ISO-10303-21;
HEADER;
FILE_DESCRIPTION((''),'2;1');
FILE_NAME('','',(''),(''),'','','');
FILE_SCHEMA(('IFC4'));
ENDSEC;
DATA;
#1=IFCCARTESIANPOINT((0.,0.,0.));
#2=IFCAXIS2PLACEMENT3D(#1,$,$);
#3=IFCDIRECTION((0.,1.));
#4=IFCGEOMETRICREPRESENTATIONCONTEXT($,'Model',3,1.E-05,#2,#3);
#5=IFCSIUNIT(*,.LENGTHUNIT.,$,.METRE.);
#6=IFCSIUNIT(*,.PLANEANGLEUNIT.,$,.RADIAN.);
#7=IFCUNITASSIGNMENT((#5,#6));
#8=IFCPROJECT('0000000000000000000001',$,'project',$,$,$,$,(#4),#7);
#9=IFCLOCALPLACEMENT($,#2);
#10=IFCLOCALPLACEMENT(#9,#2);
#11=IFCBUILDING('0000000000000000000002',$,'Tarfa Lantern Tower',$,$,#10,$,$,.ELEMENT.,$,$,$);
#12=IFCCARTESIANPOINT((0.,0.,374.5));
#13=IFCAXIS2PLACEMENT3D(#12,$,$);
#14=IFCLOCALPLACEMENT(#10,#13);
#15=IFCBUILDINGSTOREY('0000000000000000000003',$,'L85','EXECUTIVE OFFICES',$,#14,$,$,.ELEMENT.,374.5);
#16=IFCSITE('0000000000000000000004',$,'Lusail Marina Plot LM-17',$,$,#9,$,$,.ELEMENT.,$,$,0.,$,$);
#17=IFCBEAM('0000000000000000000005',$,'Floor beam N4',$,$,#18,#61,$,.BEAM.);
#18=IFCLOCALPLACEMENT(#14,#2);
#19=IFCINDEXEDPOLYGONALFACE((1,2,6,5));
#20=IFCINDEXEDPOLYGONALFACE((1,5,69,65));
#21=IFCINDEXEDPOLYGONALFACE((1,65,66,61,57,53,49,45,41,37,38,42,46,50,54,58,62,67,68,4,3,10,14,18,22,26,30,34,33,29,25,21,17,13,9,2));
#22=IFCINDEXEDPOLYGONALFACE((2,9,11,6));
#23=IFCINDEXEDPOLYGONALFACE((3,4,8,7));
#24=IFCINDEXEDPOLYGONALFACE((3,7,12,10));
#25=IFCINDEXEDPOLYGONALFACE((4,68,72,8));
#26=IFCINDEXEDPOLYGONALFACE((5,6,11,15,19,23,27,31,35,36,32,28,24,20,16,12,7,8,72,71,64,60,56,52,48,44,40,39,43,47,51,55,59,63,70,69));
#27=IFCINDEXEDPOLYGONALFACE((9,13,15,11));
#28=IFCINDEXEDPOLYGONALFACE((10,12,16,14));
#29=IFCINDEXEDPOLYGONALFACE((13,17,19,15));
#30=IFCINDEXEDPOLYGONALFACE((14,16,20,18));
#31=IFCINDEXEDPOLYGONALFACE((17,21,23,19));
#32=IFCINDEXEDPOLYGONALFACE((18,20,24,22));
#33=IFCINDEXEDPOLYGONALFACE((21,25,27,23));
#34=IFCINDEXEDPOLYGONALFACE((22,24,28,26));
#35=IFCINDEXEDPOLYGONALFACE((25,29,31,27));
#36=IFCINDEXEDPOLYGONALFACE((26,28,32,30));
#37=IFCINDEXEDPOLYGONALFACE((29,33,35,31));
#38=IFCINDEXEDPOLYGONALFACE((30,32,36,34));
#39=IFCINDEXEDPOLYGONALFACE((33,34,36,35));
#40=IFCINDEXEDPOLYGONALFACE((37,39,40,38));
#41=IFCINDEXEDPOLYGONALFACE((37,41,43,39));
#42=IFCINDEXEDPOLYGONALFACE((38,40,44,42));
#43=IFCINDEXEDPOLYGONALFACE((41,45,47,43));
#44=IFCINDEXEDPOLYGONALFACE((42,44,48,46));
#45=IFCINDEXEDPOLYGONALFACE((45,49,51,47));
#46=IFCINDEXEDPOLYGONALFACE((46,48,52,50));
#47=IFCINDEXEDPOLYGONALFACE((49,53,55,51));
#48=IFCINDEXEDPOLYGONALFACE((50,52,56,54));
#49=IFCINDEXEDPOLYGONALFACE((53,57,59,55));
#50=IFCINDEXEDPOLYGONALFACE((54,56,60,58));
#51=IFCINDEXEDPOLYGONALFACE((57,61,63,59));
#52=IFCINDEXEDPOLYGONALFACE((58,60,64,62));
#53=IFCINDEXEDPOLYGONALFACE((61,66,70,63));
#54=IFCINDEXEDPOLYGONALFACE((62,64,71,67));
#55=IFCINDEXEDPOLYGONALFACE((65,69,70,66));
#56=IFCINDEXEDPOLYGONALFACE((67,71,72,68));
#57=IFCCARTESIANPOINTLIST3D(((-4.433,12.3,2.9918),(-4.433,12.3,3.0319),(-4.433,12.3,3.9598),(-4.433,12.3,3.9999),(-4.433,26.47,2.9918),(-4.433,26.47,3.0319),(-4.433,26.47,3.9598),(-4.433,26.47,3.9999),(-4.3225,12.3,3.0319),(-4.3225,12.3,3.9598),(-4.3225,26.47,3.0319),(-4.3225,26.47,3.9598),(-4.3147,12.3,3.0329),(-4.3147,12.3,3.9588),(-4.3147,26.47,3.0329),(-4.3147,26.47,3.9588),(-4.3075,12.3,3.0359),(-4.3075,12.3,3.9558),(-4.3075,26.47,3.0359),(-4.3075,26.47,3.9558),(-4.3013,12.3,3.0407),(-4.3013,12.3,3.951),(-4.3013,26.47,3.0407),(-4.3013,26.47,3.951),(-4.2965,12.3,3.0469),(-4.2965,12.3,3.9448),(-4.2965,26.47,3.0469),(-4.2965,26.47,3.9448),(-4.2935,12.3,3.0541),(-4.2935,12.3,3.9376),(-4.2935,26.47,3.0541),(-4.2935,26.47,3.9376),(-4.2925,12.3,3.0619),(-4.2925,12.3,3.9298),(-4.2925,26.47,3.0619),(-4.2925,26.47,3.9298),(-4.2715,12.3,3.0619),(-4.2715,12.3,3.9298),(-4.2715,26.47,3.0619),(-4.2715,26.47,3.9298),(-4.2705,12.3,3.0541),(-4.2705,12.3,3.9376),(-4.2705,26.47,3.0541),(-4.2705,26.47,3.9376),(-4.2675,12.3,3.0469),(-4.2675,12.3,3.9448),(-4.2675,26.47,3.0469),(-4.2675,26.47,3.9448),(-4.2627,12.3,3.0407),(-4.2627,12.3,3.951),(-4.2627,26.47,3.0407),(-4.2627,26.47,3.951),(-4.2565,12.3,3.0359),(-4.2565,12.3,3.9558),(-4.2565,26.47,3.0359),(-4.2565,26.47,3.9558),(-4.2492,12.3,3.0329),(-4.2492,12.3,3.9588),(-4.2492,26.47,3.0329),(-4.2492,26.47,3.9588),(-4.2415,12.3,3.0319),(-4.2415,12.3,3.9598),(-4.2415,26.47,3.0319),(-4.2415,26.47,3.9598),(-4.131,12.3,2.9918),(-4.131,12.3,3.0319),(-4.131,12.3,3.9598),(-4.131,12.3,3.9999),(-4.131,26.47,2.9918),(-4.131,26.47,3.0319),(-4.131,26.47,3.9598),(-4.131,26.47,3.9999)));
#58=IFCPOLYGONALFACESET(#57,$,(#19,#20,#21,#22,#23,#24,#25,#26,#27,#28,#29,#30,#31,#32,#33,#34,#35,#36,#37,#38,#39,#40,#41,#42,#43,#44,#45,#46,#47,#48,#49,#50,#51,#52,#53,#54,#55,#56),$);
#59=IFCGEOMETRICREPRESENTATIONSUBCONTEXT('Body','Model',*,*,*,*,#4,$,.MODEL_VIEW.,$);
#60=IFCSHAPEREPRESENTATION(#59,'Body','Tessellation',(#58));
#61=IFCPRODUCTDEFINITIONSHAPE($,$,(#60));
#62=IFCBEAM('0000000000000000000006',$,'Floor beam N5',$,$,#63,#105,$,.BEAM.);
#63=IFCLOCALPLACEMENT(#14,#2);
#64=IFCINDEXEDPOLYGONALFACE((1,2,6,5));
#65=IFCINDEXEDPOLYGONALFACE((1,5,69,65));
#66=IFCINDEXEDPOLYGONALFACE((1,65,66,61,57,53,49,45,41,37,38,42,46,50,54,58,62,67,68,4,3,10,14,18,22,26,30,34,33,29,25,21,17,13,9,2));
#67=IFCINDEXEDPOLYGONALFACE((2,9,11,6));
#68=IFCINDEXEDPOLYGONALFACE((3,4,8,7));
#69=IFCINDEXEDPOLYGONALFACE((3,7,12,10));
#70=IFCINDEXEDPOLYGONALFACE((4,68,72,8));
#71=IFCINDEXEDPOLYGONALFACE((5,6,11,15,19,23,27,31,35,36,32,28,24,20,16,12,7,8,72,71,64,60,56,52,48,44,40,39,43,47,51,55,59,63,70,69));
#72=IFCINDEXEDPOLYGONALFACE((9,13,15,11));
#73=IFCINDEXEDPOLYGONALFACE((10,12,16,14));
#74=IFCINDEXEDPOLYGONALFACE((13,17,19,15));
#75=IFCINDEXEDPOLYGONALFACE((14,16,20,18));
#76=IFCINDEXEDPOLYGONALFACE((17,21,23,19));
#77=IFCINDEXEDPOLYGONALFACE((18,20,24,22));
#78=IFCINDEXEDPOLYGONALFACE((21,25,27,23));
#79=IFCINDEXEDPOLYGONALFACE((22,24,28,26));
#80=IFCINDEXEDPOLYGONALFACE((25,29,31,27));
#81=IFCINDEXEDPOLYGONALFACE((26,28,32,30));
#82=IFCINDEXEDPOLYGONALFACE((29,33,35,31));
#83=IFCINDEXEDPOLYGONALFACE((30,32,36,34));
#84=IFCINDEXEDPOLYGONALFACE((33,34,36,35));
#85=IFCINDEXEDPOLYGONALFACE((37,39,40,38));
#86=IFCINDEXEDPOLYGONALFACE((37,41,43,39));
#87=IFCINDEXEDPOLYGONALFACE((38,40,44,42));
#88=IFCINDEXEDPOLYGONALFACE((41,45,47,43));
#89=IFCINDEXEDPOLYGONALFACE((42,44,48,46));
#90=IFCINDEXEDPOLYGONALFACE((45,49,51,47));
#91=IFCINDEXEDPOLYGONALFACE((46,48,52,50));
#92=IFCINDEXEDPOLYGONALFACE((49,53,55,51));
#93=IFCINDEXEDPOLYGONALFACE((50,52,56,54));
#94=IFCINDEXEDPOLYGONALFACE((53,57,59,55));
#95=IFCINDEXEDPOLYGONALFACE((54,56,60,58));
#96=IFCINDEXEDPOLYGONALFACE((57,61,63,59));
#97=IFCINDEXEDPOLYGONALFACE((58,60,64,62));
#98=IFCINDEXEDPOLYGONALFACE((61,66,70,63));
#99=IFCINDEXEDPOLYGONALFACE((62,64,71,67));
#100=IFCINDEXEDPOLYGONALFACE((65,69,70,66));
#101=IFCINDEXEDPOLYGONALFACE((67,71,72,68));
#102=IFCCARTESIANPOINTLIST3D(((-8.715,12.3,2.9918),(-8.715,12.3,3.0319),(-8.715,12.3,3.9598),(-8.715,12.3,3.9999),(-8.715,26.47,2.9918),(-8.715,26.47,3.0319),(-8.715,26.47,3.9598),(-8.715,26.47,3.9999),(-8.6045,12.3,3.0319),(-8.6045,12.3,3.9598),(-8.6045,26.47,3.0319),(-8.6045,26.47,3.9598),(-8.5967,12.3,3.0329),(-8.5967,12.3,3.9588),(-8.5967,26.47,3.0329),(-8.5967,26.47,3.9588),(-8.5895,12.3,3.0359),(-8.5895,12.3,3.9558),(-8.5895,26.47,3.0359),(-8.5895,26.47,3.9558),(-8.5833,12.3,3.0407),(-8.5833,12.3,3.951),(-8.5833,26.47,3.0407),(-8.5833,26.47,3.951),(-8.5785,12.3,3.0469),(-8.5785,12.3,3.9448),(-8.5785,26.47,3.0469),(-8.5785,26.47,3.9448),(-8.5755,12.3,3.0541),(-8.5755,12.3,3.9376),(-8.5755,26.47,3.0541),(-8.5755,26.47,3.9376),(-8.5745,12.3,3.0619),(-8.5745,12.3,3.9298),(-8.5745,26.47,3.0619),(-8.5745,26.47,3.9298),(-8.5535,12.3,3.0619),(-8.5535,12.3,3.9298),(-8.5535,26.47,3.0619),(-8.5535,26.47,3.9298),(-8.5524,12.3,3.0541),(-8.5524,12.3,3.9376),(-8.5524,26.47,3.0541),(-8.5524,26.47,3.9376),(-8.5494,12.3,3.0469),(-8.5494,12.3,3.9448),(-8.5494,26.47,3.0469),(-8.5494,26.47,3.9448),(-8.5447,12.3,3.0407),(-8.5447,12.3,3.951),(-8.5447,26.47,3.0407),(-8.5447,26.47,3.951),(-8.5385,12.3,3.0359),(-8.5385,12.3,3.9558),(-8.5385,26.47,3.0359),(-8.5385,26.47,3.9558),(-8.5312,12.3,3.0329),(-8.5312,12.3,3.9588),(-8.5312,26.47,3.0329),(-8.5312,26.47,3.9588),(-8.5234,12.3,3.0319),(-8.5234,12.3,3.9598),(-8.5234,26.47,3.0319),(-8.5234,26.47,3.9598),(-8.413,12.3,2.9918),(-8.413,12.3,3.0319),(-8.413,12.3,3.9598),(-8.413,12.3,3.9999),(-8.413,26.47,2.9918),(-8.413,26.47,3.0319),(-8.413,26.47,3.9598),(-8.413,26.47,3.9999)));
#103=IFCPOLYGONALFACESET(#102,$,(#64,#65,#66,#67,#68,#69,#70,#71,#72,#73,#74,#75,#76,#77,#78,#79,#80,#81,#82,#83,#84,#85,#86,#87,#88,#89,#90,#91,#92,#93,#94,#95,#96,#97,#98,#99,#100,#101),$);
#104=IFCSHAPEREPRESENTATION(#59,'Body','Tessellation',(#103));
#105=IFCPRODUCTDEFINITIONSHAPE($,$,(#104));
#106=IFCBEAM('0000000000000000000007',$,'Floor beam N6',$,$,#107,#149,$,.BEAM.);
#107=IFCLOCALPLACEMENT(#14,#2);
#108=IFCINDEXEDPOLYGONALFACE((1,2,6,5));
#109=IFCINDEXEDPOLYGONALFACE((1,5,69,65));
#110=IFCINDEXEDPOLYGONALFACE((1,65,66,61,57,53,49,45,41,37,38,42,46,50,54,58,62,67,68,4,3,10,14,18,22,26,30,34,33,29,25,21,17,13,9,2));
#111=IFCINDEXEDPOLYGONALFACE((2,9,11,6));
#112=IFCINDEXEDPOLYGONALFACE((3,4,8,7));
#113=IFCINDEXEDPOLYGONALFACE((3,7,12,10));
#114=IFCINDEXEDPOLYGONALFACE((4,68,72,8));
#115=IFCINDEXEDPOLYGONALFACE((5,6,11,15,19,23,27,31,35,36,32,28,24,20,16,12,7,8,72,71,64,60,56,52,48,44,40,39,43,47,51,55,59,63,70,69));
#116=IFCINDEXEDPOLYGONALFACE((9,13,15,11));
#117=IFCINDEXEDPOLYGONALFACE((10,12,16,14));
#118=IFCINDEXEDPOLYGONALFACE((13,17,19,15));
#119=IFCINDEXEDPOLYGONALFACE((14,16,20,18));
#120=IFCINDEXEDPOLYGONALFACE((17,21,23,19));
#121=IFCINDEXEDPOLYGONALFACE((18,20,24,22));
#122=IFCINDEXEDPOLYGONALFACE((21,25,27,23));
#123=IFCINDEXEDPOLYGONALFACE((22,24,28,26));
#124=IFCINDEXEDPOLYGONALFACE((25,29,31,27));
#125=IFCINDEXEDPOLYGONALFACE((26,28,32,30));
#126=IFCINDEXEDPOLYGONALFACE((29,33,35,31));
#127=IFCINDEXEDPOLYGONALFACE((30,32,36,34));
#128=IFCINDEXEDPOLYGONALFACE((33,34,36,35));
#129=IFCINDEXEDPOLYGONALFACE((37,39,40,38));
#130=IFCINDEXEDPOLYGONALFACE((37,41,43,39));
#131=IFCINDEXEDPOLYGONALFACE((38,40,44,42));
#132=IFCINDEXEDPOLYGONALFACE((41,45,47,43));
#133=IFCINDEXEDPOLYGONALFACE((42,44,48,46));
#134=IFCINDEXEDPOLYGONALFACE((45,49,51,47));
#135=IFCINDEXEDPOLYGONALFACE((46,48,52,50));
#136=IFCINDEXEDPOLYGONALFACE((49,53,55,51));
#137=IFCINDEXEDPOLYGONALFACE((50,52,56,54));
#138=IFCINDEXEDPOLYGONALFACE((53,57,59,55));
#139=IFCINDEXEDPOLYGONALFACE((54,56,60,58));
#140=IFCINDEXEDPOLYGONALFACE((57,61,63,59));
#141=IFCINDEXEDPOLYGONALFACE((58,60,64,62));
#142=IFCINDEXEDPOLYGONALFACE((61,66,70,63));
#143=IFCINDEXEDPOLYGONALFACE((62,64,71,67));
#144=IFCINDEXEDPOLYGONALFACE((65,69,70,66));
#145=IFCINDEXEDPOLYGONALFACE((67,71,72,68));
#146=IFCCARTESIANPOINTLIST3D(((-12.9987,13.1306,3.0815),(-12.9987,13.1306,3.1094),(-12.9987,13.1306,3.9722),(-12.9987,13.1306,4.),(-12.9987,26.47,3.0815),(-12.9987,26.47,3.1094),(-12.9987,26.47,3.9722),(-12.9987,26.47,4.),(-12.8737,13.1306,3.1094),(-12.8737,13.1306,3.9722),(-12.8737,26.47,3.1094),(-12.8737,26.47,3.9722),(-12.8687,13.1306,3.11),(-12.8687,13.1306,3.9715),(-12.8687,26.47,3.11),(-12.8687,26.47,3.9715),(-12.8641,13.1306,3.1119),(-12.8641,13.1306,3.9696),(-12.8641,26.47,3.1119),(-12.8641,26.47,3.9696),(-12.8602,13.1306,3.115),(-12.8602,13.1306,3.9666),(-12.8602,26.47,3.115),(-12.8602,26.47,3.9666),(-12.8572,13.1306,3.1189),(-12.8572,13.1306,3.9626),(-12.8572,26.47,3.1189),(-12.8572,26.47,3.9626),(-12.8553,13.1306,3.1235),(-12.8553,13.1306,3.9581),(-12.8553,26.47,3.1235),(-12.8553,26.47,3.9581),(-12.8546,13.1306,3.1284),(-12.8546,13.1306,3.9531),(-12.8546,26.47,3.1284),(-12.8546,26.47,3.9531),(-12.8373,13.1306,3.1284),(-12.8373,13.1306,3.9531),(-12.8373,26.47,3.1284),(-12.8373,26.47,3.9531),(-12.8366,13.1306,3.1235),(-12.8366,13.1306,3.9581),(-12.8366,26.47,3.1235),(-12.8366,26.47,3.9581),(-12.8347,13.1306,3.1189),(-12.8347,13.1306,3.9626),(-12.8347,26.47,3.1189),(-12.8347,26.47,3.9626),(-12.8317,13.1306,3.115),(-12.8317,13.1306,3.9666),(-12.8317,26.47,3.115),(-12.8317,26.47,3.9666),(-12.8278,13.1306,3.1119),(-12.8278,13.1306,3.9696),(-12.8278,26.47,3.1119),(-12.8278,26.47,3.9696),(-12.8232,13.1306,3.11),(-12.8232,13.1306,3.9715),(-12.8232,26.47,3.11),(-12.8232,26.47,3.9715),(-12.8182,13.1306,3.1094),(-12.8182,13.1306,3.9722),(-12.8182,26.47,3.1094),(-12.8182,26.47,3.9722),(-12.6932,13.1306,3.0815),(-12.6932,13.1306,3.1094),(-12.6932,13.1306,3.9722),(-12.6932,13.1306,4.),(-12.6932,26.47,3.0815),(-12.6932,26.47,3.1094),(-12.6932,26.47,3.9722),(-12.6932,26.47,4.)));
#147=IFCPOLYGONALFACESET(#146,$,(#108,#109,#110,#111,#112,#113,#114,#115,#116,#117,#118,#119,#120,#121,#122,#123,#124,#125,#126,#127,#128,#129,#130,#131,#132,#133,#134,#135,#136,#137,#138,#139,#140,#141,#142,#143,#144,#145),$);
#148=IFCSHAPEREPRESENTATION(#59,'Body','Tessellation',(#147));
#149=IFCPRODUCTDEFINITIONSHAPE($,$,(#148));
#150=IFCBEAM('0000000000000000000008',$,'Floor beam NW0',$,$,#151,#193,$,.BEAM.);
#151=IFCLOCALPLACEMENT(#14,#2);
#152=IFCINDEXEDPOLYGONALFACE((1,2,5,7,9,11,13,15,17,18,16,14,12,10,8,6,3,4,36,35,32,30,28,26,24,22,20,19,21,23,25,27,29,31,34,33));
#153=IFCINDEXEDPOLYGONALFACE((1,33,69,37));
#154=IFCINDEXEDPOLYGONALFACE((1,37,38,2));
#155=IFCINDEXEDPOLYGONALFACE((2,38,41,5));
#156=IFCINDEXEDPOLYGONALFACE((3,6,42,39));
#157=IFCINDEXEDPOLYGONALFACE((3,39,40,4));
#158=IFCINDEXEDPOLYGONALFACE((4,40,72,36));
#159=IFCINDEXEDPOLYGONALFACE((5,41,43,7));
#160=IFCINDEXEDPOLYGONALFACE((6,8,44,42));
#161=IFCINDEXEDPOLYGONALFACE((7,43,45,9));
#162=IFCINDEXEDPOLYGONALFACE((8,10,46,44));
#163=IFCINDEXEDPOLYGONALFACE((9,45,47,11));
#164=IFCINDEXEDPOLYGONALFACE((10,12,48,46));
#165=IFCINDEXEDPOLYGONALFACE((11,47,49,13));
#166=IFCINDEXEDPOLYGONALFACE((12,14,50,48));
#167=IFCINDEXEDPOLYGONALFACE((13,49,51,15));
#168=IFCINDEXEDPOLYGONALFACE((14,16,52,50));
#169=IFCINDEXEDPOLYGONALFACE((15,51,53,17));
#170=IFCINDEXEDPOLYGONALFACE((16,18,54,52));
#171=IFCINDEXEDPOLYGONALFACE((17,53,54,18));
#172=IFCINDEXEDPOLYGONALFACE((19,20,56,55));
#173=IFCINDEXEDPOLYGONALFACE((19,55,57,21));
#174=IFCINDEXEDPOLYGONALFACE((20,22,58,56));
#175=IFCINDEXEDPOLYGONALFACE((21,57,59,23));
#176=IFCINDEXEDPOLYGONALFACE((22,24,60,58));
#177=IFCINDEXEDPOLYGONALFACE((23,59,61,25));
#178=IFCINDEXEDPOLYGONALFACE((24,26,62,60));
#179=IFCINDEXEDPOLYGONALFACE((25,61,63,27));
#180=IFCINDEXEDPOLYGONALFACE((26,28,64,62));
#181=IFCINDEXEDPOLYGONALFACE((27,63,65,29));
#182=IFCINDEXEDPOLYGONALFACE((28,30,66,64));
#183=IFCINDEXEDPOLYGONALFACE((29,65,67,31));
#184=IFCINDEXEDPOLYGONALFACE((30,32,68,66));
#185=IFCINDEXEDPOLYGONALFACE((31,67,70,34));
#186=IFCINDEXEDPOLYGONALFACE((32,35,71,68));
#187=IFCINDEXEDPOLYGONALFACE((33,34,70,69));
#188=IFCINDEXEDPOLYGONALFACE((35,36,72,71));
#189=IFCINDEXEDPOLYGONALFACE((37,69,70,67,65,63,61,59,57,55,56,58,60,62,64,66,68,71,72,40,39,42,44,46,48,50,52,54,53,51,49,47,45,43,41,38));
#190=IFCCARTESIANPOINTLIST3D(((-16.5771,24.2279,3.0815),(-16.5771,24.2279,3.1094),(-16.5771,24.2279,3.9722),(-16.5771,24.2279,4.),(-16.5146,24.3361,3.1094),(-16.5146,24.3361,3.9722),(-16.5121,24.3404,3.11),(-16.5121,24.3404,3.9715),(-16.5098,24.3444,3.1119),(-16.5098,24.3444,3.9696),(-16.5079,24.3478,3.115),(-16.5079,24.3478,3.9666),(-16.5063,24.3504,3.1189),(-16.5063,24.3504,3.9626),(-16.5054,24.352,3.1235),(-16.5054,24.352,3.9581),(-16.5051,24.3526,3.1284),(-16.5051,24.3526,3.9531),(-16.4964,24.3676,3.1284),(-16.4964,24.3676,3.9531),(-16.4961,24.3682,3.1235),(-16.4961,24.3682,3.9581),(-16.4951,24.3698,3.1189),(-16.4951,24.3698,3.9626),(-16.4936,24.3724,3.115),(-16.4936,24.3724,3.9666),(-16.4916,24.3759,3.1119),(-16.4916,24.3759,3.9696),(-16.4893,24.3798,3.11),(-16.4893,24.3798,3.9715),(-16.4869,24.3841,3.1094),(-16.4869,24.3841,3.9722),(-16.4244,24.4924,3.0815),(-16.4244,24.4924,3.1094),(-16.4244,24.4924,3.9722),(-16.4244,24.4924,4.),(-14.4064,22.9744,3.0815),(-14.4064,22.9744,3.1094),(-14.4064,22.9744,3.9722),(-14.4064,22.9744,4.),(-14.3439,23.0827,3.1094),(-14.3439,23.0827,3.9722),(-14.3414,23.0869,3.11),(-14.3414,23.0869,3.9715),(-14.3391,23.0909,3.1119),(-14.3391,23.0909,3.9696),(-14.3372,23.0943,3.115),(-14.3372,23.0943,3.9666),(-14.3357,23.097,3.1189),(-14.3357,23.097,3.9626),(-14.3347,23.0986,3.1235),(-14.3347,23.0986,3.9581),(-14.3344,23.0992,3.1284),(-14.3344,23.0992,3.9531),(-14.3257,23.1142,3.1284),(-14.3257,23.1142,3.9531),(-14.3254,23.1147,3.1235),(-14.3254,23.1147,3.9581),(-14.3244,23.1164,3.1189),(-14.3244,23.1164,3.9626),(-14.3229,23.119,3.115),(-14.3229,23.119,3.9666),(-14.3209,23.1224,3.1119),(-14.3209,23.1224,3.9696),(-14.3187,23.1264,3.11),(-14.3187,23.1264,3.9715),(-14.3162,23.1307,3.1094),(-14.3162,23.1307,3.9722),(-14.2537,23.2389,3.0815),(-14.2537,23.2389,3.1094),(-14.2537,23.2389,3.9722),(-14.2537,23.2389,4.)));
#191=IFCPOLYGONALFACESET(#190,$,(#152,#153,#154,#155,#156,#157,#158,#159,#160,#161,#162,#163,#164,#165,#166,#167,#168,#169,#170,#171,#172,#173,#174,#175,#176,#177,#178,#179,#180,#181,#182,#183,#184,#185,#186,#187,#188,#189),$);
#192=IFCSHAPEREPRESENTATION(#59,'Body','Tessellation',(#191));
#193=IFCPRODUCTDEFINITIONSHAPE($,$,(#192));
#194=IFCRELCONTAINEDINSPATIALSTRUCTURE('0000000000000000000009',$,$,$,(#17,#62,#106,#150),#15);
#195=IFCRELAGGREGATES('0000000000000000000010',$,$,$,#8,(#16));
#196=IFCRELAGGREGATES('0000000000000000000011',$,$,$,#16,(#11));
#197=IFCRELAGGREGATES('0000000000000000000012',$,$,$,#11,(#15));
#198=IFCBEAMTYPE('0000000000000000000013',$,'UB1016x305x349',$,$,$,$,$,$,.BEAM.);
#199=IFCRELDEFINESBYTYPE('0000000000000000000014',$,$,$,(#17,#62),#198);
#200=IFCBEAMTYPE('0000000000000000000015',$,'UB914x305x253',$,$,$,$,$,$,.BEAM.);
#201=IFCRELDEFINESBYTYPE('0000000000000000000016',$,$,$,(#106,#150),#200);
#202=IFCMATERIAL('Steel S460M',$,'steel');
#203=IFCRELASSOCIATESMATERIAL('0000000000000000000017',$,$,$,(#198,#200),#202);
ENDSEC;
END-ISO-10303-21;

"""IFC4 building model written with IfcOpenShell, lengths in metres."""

from ifc_helpers import new_model, si_unit, direction, frame, origin, origin_2d, place, context, subcontext, project, spatial, i_section, extrude, material, material_profile, profile_set, type_object, element, save


model = new_model("IFC4")

# Units and contexts
model_context = context("Model", 3, precision=1e-05, world=origin(), true_north=direction((0.0, 1.0)))
body_context = subcontext(model_context, "Body", "Model", "MODEL_VIEW")
ifc_project = project(units=[si_unit("LENGTHUNIT", "METRE"), si_unit("PLANEANGLEUNIT", "RADIAN")], contexts=[model_context])

# Site, building, storey
site_placement = place(None, origin())
site = spatial("IfcSite", under=ifc_project, at=site_placement, Name="Lusail Marina Plot LM-17", CompositionType="ELEMENT", RefElevation=0.0)
building_placement = place(site_placement, origin())
building = spatial("IfcBuilding", under=site, at=building_placement, Name="Tarfa Lantern Tower", CompositionType="ELEMENT")
storey_placement = place(building_placement, frame((0.0, 0.0, 374.5)))
storey = spatial("IfcBuildingStorey", under=building, at=storey_placement, Name="L85", Description="EXECUTIVE OFFICES", CompositionType="ELEMENT", Elevation=374.5)

# Beams
ifc_material_1 = material(Name="Steel S460M", Category="steel")
ifc_material_profile_1 = material_profile(ifc_material_1, i_section(OverallWidth=0.302, OverallDepth=1.0081, WebThickness=0.021, FlangeThickness=0.04, FilletRadius=0.03, at=origin_2d()), Name="UB1016x305x349")
ifc_profile_set_1 = profile_set([ifc_material_profile_1], Name="Steel S460M")
beam_type_1 = type_object("IfcBeamType", Name="UB1016x305x349", PredefinedType="BEAM", material=ifc_profile_set_1)
for number, where, z_axis, x_axis, name in (
    (1, (-4.282, 26.47, 3.4958), (0.0, -1.0, 0.0), (1.0, 0.0, 0.0), "Floor beam N4"),
    (2, (-8.564, 26.47, 3.4958), (0.0, -1.0, 0.0), (1.0, 0.0, 0.0), "Floor beam N5"),
):
    element("IfcBeam", number, at=place(storey_placement, frame(where, z_axis=z_axis, x_axis=x_axis)), inside=storey, type_object=beam_type_1, Name=name, PredefinedType="BEAM", context=body_context, shape_type="SweptSolid", body=[
        extrude(i_section(OverallWidth=0.302, OverallDepth=1.0081, WebThickness=0.021, FlangeThickness=0.04, FilletRadius=0.03, at=origin_2d()), origin(), (0.0, 0.0, 1.0), 14.1699),
    ])
ifc_material_profile_2 = material_profile(ifc_material_1, i_section(OverallWidth=0.3054, OverallDepth=0.9185, WebThickness=0.0173, FlangeThickness=0.0278, FilletRadius=0.019, at=origin_2d()), Name="UB914x305x253")
ifc_profile_set_2 = profile_set([ifc_material_profile_2], Name="Steel S460M")
beam_type_2 = type_object("IfcBeamType", Name="UB914x305x253", PredefinedType="BEAM", material=ifc_profile_set_2)
beam_1_placement = place(storey_placement, frame((-12.8459, 26.47, 3.5408), z_axis=(0.0, -1.0, 0.0), x_axis=(1.0, 0.0, 0.0)))
element("IfcBeam", 3, at=beam_1_placement, inside=storey, type_object=beam_type_2, Name="Floor beam N6", PredefinedType="BEAM", context=body_context, shape_type="SweptSolid", body=[
    extrude(i_section(OverallWidth=0.3054, OverallDepth=0.9185, WebThickness=0.0173, FlangeThickness=0.0278, FilletRadius=0.019, at=origin_2d()), origin(), (0.0, 0.0, 1.0), 13.3394),
])
beam_2_placement = place(storey_placement, frame((-16.5007, 24.3601, 3.5408), z_axis=(0.865993, -0.500057, 0.0), x_axis=(0.500057, 0.865993, 0.0)))
element("IfcBeam", 4, at=beam_2_placement, inside=storey, type_object=beam_type_2, Name="Floor beam NW0", PredefinedType="BEAM", context=body_context, shape_type="SweptSolid", body=[
    extrude(i_section(OverallWidth=0.3054, OverallDepth=0.9185, WebThickness=0.0173, FlangeThickness=0.0278, FilletRadius=0.019, at=origin_2d()), origin(), (0.0, 0.0, 1.0), 2.5066),
])

save(model, "model.ifc")
